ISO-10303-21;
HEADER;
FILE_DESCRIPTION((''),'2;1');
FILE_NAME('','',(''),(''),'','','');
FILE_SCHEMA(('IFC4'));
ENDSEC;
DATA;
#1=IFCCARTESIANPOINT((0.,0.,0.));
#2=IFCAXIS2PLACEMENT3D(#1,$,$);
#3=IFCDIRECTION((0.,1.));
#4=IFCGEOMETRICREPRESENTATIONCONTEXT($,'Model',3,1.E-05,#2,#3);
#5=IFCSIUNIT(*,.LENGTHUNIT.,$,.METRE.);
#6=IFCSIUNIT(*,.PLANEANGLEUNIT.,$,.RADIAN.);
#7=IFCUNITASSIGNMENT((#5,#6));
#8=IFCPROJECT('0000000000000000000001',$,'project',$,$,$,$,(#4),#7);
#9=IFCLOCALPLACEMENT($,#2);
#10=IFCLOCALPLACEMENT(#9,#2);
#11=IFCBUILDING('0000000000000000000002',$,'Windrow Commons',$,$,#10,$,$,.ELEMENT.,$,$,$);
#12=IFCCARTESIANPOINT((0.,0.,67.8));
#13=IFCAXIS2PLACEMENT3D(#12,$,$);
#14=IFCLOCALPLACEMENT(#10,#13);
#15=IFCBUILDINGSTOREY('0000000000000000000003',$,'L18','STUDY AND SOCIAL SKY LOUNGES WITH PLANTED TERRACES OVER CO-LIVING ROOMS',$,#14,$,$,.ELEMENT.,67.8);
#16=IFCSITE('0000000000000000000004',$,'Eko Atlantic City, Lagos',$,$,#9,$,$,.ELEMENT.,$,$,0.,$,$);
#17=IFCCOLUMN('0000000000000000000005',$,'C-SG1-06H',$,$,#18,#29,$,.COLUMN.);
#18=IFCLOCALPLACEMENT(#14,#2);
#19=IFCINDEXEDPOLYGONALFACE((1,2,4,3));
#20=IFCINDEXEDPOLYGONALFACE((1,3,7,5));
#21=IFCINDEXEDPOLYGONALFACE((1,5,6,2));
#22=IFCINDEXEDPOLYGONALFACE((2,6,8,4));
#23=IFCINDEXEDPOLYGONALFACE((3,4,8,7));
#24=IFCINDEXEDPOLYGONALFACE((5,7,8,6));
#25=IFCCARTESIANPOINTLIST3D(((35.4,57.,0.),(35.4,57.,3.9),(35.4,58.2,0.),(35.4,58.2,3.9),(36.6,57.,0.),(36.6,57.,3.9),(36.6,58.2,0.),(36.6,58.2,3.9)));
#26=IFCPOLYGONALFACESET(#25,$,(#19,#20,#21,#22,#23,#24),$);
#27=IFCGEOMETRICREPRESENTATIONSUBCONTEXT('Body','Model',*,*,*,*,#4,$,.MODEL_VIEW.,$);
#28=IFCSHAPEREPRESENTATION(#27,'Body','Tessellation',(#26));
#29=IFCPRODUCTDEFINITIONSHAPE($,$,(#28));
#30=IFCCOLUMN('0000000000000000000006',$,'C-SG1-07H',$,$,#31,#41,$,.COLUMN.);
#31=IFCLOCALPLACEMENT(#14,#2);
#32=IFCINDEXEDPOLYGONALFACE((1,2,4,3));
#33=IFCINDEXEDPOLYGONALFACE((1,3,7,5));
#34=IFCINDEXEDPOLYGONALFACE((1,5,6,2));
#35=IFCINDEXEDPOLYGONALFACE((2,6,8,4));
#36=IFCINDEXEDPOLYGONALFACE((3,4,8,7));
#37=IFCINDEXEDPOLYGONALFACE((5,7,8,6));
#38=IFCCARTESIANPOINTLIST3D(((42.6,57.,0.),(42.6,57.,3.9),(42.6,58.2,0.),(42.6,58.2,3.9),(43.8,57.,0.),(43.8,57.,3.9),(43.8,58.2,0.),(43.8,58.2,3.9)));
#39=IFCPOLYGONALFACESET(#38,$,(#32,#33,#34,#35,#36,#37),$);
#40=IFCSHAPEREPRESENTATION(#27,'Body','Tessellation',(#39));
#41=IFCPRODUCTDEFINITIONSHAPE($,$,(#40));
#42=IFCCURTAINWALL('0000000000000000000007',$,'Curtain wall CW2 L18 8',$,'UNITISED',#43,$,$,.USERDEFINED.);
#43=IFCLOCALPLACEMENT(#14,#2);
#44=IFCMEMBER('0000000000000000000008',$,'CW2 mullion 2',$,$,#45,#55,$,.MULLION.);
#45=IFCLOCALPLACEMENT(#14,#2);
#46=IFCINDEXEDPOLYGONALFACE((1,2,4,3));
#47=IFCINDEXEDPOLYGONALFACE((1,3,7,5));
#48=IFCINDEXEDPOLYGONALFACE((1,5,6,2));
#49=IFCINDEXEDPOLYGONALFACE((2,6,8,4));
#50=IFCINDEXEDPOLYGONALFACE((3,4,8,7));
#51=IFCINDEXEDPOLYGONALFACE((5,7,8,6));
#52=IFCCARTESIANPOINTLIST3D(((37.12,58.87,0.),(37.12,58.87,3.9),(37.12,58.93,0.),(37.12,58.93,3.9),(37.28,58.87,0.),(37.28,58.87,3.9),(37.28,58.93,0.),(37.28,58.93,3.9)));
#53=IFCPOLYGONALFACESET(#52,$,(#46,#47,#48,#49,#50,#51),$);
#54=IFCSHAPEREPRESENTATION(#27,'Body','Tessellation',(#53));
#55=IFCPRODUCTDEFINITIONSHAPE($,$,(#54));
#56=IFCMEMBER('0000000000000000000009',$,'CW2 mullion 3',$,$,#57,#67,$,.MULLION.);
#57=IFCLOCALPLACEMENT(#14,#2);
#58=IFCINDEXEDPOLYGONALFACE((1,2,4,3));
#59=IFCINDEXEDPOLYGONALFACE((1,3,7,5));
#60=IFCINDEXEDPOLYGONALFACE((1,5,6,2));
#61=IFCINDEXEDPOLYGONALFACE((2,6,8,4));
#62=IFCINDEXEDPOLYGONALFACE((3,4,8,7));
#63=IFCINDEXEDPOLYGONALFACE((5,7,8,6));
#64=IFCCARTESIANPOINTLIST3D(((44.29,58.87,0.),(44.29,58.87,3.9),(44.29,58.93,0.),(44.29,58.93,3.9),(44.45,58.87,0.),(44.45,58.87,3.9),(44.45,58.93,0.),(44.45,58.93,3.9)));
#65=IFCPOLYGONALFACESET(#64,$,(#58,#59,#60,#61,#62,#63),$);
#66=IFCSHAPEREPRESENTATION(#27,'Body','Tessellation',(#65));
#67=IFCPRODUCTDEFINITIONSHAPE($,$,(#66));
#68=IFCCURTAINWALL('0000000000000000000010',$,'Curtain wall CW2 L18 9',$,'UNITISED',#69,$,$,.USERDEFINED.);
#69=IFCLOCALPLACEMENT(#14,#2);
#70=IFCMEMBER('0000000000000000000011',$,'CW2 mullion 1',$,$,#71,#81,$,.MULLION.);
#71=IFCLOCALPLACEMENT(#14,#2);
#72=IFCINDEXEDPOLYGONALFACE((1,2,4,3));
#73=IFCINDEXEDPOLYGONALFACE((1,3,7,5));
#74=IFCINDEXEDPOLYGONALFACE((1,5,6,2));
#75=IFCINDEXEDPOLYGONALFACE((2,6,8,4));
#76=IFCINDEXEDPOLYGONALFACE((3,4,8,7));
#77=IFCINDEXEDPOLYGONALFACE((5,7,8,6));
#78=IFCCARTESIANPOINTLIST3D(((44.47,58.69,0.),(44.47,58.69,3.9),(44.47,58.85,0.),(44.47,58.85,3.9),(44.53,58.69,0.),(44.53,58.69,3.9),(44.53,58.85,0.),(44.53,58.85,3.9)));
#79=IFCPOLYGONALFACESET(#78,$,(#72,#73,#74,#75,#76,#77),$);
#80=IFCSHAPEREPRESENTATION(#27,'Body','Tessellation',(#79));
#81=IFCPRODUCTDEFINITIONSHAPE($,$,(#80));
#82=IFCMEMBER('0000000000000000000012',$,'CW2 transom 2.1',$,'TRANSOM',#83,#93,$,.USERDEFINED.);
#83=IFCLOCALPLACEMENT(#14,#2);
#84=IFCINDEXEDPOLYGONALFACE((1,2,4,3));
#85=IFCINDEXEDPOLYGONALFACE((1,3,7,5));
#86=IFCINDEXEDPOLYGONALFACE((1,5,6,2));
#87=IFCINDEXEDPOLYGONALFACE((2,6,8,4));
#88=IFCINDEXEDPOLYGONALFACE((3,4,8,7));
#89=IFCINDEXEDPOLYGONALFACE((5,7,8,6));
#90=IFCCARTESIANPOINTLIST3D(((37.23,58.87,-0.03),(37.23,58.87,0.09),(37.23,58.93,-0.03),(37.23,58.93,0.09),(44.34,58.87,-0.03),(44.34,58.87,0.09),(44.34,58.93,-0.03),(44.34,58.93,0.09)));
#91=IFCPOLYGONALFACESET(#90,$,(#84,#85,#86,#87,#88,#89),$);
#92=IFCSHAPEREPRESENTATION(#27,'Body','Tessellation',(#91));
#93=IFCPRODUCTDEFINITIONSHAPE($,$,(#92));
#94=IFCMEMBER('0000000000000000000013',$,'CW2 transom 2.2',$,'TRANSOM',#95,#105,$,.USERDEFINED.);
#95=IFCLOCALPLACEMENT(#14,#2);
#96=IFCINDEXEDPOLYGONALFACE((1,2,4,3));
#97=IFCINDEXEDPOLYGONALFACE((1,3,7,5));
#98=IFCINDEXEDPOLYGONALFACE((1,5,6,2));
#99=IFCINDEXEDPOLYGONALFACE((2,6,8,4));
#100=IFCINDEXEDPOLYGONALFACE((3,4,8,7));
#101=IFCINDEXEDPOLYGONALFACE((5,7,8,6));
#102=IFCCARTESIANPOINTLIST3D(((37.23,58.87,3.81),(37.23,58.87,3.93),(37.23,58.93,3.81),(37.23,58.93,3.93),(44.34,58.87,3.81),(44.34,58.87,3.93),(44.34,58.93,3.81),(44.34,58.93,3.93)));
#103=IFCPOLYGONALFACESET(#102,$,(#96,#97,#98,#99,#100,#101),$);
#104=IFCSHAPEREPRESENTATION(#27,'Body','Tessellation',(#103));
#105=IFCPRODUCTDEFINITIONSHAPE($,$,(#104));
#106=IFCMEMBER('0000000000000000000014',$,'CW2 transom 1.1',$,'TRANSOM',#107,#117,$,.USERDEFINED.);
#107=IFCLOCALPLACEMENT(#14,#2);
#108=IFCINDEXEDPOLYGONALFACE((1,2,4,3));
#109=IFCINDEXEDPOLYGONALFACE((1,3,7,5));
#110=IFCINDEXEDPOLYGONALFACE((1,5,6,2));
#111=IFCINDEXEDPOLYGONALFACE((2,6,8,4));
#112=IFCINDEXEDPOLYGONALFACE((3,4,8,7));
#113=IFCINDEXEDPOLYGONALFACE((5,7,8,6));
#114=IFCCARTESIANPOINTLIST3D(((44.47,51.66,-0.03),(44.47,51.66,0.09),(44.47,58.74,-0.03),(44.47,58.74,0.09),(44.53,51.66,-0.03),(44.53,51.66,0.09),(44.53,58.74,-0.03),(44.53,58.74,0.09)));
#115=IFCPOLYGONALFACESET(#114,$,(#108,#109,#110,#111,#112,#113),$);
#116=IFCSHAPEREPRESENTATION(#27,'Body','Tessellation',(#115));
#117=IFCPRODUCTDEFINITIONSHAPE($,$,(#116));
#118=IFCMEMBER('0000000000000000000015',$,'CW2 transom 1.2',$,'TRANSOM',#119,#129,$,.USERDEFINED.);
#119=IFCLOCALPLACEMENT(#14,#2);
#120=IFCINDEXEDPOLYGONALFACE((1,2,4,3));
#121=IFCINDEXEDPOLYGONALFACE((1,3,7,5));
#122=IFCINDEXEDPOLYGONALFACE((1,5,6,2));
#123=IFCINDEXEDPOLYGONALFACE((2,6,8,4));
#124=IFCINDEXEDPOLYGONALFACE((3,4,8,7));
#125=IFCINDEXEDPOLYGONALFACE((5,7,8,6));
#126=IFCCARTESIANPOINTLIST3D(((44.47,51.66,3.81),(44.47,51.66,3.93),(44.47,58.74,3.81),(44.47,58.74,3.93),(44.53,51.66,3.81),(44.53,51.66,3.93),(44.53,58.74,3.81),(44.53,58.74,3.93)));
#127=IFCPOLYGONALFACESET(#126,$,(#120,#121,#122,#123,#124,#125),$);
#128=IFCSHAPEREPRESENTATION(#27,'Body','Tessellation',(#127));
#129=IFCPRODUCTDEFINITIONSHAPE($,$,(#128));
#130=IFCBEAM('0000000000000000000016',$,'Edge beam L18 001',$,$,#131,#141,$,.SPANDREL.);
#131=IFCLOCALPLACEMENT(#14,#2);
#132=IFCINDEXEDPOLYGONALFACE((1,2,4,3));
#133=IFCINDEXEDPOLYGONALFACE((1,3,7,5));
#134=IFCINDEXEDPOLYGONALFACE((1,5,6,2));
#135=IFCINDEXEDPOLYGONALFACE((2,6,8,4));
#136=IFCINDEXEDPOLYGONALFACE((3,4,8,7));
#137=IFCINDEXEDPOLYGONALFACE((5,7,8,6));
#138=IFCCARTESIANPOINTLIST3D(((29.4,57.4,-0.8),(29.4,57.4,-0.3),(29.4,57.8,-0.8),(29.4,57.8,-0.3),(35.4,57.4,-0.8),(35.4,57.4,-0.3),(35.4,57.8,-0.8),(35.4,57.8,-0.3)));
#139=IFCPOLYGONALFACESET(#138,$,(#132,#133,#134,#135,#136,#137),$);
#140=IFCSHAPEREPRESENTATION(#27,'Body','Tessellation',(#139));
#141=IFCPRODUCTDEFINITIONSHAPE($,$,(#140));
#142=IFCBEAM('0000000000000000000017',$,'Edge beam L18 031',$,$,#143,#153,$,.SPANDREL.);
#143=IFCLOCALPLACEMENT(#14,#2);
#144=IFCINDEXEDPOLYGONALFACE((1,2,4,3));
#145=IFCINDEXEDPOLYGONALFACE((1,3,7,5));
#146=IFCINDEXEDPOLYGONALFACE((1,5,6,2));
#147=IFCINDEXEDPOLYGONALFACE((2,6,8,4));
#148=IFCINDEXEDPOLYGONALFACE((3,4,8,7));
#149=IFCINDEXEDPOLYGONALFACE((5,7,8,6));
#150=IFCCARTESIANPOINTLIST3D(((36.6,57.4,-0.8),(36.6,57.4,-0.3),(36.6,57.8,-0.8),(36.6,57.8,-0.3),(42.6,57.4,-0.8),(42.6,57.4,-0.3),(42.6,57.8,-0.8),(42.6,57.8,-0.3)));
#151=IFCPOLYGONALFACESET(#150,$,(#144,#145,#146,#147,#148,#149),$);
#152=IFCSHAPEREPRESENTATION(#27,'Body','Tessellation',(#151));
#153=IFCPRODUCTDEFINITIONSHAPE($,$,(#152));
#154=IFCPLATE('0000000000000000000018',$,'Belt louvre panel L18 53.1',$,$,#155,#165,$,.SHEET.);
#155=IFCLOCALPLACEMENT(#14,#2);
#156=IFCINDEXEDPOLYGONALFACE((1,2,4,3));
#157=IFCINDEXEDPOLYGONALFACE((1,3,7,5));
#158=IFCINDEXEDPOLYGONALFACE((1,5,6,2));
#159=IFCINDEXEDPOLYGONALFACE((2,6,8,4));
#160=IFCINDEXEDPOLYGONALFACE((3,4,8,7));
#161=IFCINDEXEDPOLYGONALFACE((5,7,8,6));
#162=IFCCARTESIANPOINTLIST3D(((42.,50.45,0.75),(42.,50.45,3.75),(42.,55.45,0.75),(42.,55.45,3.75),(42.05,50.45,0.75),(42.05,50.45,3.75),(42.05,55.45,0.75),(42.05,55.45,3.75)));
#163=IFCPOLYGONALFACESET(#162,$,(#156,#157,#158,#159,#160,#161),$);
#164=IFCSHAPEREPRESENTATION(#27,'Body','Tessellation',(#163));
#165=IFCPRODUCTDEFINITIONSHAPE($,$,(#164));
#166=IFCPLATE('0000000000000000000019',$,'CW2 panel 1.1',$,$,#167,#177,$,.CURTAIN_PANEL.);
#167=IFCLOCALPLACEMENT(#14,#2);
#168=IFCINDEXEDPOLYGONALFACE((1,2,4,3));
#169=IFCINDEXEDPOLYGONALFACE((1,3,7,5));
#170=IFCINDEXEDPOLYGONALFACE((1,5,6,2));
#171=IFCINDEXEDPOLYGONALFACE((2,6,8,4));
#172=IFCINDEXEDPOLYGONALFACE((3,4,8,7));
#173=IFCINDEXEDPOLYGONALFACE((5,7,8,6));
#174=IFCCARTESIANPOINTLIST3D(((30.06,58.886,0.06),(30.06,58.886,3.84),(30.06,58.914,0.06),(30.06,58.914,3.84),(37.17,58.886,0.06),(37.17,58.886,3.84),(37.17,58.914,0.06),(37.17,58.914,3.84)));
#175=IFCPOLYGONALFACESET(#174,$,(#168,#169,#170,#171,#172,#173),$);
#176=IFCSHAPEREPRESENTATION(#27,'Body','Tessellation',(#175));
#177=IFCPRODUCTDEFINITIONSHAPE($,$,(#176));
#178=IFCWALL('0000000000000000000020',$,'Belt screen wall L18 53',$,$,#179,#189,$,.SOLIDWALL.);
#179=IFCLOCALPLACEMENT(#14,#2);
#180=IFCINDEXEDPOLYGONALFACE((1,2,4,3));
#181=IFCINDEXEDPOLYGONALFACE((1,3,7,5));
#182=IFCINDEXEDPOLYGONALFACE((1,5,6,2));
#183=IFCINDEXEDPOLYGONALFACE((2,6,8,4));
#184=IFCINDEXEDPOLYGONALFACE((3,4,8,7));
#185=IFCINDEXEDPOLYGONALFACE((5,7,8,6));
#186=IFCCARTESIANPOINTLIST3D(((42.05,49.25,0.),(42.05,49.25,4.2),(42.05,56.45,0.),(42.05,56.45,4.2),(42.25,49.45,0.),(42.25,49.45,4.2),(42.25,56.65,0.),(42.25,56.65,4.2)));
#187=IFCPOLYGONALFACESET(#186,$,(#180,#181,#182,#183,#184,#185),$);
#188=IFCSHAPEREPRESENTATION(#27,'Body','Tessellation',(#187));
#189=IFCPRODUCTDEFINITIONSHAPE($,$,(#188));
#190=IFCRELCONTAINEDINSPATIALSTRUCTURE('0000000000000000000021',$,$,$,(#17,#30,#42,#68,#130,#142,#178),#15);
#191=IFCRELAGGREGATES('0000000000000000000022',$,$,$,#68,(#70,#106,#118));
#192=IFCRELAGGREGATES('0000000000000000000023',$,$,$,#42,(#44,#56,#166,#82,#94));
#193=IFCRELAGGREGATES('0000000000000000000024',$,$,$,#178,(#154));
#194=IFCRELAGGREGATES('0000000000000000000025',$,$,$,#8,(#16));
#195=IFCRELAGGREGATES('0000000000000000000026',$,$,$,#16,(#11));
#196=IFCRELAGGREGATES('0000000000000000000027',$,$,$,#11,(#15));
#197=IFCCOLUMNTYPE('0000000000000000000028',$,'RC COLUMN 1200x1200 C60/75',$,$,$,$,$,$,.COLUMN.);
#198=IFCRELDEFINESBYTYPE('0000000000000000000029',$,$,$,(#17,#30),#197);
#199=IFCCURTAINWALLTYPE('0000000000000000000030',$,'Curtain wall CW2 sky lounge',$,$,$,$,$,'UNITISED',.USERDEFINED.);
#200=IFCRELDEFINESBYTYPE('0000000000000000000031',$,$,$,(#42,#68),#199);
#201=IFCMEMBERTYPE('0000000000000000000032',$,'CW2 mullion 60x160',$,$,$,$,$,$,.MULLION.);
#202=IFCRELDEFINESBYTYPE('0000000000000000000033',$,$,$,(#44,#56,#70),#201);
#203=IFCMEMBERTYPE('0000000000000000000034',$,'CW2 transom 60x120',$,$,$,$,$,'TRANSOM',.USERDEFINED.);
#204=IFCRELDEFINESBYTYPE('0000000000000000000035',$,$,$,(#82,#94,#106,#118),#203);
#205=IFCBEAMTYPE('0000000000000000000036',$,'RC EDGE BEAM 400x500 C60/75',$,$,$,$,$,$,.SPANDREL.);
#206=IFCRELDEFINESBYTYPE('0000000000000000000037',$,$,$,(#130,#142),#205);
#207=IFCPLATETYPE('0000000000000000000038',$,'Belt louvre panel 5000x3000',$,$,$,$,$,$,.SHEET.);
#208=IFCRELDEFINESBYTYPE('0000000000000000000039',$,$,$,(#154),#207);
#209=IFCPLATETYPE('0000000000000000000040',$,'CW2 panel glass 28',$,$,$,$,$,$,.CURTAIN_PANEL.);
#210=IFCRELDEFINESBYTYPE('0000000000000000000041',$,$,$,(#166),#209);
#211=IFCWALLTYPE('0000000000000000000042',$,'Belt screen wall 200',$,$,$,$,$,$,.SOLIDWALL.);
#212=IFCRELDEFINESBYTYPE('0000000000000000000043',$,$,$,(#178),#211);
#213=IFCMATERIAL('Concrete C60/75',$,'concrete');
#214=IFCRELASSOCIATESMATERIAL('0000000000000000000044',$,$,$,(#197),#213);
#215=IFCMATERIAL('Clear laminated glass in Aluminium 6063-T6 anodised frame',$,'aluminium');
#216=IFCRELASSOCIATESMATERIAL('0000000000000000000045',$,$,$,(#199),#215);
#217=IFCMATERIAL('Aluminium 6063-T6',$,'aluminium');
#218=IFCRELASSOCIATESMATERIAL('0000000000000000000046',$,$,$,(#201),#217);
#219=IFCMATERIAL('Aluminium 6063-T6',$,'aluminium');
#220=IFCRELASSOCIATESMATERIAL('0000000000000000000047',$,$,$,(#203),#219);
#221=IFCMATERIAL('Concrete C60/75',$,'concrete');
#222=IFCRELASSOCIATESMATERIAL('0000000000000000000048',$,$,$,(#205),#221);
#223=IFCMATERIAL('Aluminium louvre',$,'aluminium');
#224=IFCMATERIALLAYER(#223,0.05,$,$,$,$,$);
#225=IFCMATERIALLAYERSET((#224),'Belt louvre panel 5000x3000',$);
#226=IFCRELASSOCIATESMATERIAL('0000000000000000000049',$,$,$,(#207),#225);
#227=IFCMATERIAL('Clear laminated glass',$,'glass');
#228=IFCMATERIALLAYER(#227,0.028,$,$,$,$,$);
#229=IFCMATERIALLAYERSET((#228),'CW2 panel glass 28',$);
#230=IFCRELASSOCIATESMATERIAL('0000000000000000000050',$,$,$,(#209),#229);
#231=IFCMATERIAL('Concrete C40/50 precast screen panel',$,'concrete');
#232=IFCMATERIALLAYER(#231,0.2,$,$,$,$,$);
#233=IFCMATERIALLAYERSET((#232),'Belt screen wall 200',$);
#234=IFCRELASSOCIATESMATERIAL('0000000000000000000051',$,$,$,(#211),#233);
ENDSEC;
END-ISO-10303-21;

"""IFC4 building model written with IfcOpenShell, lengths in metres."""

from ifc_helpers import new_model, si_unit, direction, frame, origin, origin_2d, place, context, subcontext, project, spatial, polyline, rectangle, outline, extrude, material, layer, layer_set, material_profile, profile_set, type_object, element, aggregate, save


model = new_model("IFC4")

# Units and contexts
model_context = context("Model", 3, precision=1e-05, world=origin(), true_north=direction((0.0, 1.0)))
body_context = subcontext(model_context, "Body", "Model", "MODEL_VIEW")
ifc_project = project(units=[si_unit("LENGTHUNIT", "METRE"), si_unit("PLANEANGLEUNIT", "RADIAN")], contexts=[model_context])

# Site, building, storey
site_placement = place(None, origin())
site = spatial("IfcSite", under=ifc_project, at=site_placement, Name="Eko Atlantic City, Lagos", CompositionType="ELEMENT", RefElevation=0.0)
building_placement = place(site_placement, origin())
building = spatial("IfcBuilding", under=site, at=building_placement, Name="Windrow Commons", CompositionType="ELEMENT")
storey_placement = place(building_placement, frame((0.0, 0.0, 67.8)))
storey = spatial("IfcBuildingStorey", under=building, at=storey_placement, Name="L18", Description="STUDY AND SOCIAL SKY LOUNGES WITH PLANTED TERRACES OVER CO-LIVING ROOMS", CompositionType="ELEMENT", Elevation=67.8)

# Columns
ifc_material_1 = material(Name="Concrete C60/75", Category="concrete")
ifc_material_profile_1 = material_profile(ifc_material_1, rectangle(XDim=1.2, YDim=1.2, at=origin_2d()))
ifc_profile_set_1 = profile_set([ifc_material_profile_1], Name="Concrete C60/75")
column_type = type_object("IfcColumnType", Name="RC COLUMN 1200x1200 C60/75", PredefinedType="COLUMN", material=ifc_profile_set_1)
for number, where, z_axis, x_axis, name in (
    (1, (36.0, 57.6, 0.0), (0.0, 0.0, 1.0), (1.0, 0.0, 0.0), "C-SG1-06H"),
    (2, (43.2, 57.6, 0.0), (0.0, 0.0, 1.0), (1.0, 0.0, 0.0), "C-SG1-07H"),
):
    element("IfcColumn", number, at=place(storey_placement, frame(where, z_axis=z_axis, x_axis=x_axis)), inside=storey, type_object=column_type, Name=name, PredefinedType="COLUMN", context=body_context, shape_type="SweptSolid", body=[
        extrude(rectangle(XDim=1.2, YDim=1.2, at=origin_2d()), origin(), (0.0, 0.0, 1.0), 3.9),
    ])

# Curtain wall, members
ifc_material_2 = material(Name="Clear laminated glass in Aluminium 6063-T6 anodised frame", Category="aluminium")
curtain_wall_type = type_object("IfcCurtainWallType", Name="Curtain wall CW2 sky lounge", ElementType="UNITISED", PredefinedType="USERDEFINED", material=ifc_material_2)
placement = place(storey_placement, origin())
curtain_wall_1 = element("IfcCurtainWall", 3, at=placement, inside=storey, type_object=curtain_wall_type, Name="Curtain wall CW2 L18 8", ObjectType="UNITISED", PredefinedType="USERDEFINED")
ifc_material_3 = material(Name="Aluminium 6063-T6", Category="aluminium")
ifc_material_profile_2 = material_profile(ifc_material_3, rectangle(XDim=0.06, YDim=0.16, at=origin_2d()))
ifc_profile_set_2 = profile_set([ifc_material_profile_2], Name="Aluminium 6063-T6")
member_type_1 = type_object("IfcMemberType", Name="CW2 mullion 60x160", PredefinedType="MULLION", material=ifc_profile_set_2)
member_1_placement = place(storey_placement, frame((37.2, 58.9, 0.0), z_axis=(0.0, 0.0, 1.0), x_axis=(0.0, 1.0, 0.0)))
member_1 = element("IfcMember", 4, at=member_1_placement, type_object=member_type_1, Name="CW2 mullion 2", PredefinedType="MULLION", context=body_context, shape_type="SweptSolid", body=[
    extrude(rectangle(XDim=0.06, YDim=0.16, at=origin_2d()), origin(), (0.0, 0.0, 1.0), 3.9),
])
member_2_placement = place(storey_placement, frame((44.37, 58.9, 0.0), z_axis=(0.0, 0.0, 1.0), x_axis=(0.0, 1.0, 0.0)))
member_2 = element("IfcMember", 5, at=member_2_placement, type_object=member_type_1, Name="CW2 mullion 3", PredefinedType="MULLION", context=body_context, shape_type="SweptSolid", body=[
    extrude(rectangle(XDim=0.06, YDim=0.16, at=origin_2d()), origin(), (0.0, 0.0, 1.0), 3.9),
])

# Curtain wall, member
curtain_wall_2 = element("IfcCurtainWall", 6, at=placement, inside=storey, type_object=curtain_wall_type, Name="Curtain wall CW2 L18 9", ObjectType="UNITISED", PredefinedType="USERDEFINED")
member_3_placement = place(storey_placement, frame((44.5, 58.77, 0.0), z_axis=(0.0, 0.0, 1.0), x_axis=(1.0, 0.0, 0.0)))
member_3 = element("IfcMember", 7, at=member_3_placement, type_object=member_type_1, Name="CW2 mullion 1", PredefinedType="MULLION", context=body_context, shape_type="SweptSolid", body=[
    extrude(rectangle(XDim=0.06, YDim=0.16, at=origin_2d()), origin(), (0.0, 0.0, 1.0), 3.9),
])

# Members
ifc_material_4 = material(Name="Aluminium 6063-T6", Category="aluminium")
ifc_material_profile_3 = material_profile(ifc_material_4, rectangle(XDim=0.06, YDim=0.12, at=origin_2d()))
ifc_profile_set_3 = profile_set([ifc_material_profile_3], Name="Aluminium 6063-T6")
member_type_2 = type_object("IfcMemberType", Name="CW2 transom 60x120", ElementType="TRANSOM", PredefinedType="USERDEFINED", material=ifc_profile_set_3)
member_4_placement = place(storey_placement, frame((37.23, 58.9, 0.03), z_axis=(1.0, 0.0, 0.0), x_axis=(0.0, 1.0, 0.0)))
member_4 = element("IfcMember", 8, at=member_4_placement, type_object=member_type_2, Name="CW2 transom 2.1", ObjectType="TRANSOM", PredefinedType="USERDEFINED", context=body_context, shape_type="SweptSolid", body=[
    extrude(rectangle(XDim=0.06, YDim=0.12, at=origin_2d()), origin(), (0.0, 0.0, 1.0), 7.11),
])
member_5_placement = place(storey_placement, frame((37.23, 58.9, 3.87), z_axis=(1.0, 0.0, 0.0), x_axis=(0.0, 1.0, 0.0)))
member_5 = element("IfcMember", 9, at=member_5_placement, type_object=member_type_2, Name="CW2 transom 2.2", ObjectType="TRANSOM", PredefinedType="USERDEFINED", context=body_context, shape_type="SweptSolid", body=[
    extrude(rectangle(XDim=0.06, YDim=0.12, at=origin_2d()), origin(), (0.0, 0.0, 1.0), 7.11),
])
member_6_placement = place(storey_placement, frame((44.5, 58.74, 0.03), z_axis=(0.0, -1.0, 0.0), x_axis=(1.0, 0.0, 0.0)))
member_6 = element("IfcMember", 10, at=member_6_placement, type_object=member_type_2, Name="CW2 transom 1.1", ObjectType="TRANSOM", PredefinedType="USERDEFINED", context=body_context, shape_type="SweptSolid", body=[
    extrude(rectangle(XDim=0.06, YDim=0.12, at=origin_2d()), origin(), (0.0, 0.0, 1.0), 7.08),
])
member_7_placement = place(storey_placement, frame((44.5, 58.74, 3.87), z_axis=(0.0, -1.0, 0.0), x_axis=(1.0, 0.0, 0.0)))
member_7 = element("IfcMember", 11, at=member_7_placement, type_object=member_type_2, Name="CW2 transom 1.2", ObjectType="TRANSOM", PredefinedType="USERDEFINED", context=body_context, shape_type="SweptSolid", body=[
    extrude(rectangle(XDim=0.06, YDim=0.12, at=origin_2d()), origin(), (0.0, 0.0, 1.0), 7.08),
])
aggregate(curtain_wall_2, [member_3, member_6, member_7])

# Beams
ifc_material_5 = material(Name="Concrete C60/75", Category="concrete")
ifc_material_profile_4 = material_profile(ifc_material_5, rectangle(XDim=0.4, YDim=0.5, at=origin_2d()))
ifc_profile_set_4 = profile_set([ifc_material_profile_4], Name="Concrete C60/75")
beam_type = type_object("IfcBeamType", Name="RC EDGE BEAM 400x500 C60/75", PredefinedType="SPANDREL", material=ifc_profile_set_4)
for number, where, z_axis, x_axis, name in (
    (12, (35.4, 57.6, -0.55), (-1.0, 0.0, 0.0), (0.0, -1.0, 0.0), "Edge beam L18 001"),
    (13, (42.6, 57.6, -0.55), (-1.0, 0.0, 0.0), (0.0, -1.0, 0.0), "Edge beam L18 031"),
):
    element("IfcBeam", number, at=place(storey_placement, frame(where, z_axis=z_axis, x_axis=x_axis)), inside=storey, type_object=beam_type, Name=name, PredefinedType="SPANDREL", context=body_context, shape_type="SweptSolid", body=[
        extrude(rectangle(XDim=0.4, YDim=0.5, at=origin_2d()), origin(), (0.0, 0.0, 1.0), 6.0),
    ])

# Plates
ifc_material_6 = material(Name="Aluminium louvre", Category="aluminium")
ifc_layer_1 = layer(ifc_material_6, 0.05)
ifc_layer_set_1 = layer_set([ifc_layer_1], Name="Belt louvre panel 5000x3000")
plate_type_1 = type_object("IfcPlateType", Name="Belt louvre panel 5000x3000", PredefinedType="SHEET", material=ifc_layer_set_1)
plate_1_placement = place(storey_placement, frame((42.0, 55.45, 0.75), z_axis=(-1.0, 0.0, 0.0), x_axis=(0.0, -1.0, 0.0)))
plate_1 = element("IfcPlate", 14, at=plate_1_placement, type_object=plate_type_1, Name="Belt louvre panel L18 53.1", PredefinedType="SHEET", context=body_context, shape_type="SweptSolid", body=[
    extrude(outline(polyline([(0.0, 0.0), (5.0, 0.0), (5.0, 3.0), (0.0, 3.0), (0.0, 0.0)])), origin(), (0.0, 0.0, -1.0), 0.05),
])
ifc_material_7 = material(Name="Clear laminated glass", Category="glass")
ifc_layer_2 = layer(ifc_material_7, 0.028)
ifc_layer_set_2 = layer_set([ifc_layer_2], Name="CW2 panel glass 28")
plate_type_2 = type_object("IfcPlateType", Name="CW2 panel glass 28", PredefinedType="CURTAIN_PANEL", material=ifc_layer_set_2)
plate_2_placement = place(storey_placement, frame((33.615, 58.9, 0.06), z_axis=(0.0, 0.0, 1.0), x_axis=(1.0, 0.0, 0.0)))
plate_2 = element("IfcPlate", 15, at=plate_2_placement, type_object=plate_type_2, Name="CW2 panel 1.1", PredefinedType="CURTAIN_PANEL", context=body_context, shape_type="SweptSolid", body=[
    extrude(rectangle(XDim=7.11, YDim=0.028, at=origin_2d()), origin(), (0.0, 0.0, 1.0), 3.78),
])
aggregate(curtain_wall_1, [member_1, member_2, plate_2, member_4, member_5])

# Wall
ifc_material_8 = material(Name="Concrete C40/50 precast screen panel", Category="concrete")
ifc_layer_3 = layer(ifc_material_8, 0.2)
ifc_layer_set_3 = layer_set([ifc_layer_3], Name="Belt screen wall 200")
wall_type_1 = type_object("IfcWallType", Name="Belt screen wall 200", PredefinedType="SOLIDWALL", material=ifc_layer_set_3)
wall_1_placement = place(storey_placement, frame((42.15, 56.55, 0.0), z_axis=(0.0, 0.0, 1.0), x_axis=(0.0, -1.0, 0.0)))
wall_1 = element("IfcWall", 16, at=wall_1_placement, inside=storey, type_object=wall_type_1, Name="Belt screen wall L18 53", PredefinedType="SOLIDWALL", context=body_context, shape_type="SweptSolid", body=[
    extrude(outline(polyline([(0.1, -0.1), (7.3, -0.1), (7.1, 0.1), (-0.1, 0.1), (0.1, -0.1)])), origin(), (0.0, 0.0, 1.0), 4.2),
])
aggregate(wall_1, [plate_1])

save(model, "model.ifc")
